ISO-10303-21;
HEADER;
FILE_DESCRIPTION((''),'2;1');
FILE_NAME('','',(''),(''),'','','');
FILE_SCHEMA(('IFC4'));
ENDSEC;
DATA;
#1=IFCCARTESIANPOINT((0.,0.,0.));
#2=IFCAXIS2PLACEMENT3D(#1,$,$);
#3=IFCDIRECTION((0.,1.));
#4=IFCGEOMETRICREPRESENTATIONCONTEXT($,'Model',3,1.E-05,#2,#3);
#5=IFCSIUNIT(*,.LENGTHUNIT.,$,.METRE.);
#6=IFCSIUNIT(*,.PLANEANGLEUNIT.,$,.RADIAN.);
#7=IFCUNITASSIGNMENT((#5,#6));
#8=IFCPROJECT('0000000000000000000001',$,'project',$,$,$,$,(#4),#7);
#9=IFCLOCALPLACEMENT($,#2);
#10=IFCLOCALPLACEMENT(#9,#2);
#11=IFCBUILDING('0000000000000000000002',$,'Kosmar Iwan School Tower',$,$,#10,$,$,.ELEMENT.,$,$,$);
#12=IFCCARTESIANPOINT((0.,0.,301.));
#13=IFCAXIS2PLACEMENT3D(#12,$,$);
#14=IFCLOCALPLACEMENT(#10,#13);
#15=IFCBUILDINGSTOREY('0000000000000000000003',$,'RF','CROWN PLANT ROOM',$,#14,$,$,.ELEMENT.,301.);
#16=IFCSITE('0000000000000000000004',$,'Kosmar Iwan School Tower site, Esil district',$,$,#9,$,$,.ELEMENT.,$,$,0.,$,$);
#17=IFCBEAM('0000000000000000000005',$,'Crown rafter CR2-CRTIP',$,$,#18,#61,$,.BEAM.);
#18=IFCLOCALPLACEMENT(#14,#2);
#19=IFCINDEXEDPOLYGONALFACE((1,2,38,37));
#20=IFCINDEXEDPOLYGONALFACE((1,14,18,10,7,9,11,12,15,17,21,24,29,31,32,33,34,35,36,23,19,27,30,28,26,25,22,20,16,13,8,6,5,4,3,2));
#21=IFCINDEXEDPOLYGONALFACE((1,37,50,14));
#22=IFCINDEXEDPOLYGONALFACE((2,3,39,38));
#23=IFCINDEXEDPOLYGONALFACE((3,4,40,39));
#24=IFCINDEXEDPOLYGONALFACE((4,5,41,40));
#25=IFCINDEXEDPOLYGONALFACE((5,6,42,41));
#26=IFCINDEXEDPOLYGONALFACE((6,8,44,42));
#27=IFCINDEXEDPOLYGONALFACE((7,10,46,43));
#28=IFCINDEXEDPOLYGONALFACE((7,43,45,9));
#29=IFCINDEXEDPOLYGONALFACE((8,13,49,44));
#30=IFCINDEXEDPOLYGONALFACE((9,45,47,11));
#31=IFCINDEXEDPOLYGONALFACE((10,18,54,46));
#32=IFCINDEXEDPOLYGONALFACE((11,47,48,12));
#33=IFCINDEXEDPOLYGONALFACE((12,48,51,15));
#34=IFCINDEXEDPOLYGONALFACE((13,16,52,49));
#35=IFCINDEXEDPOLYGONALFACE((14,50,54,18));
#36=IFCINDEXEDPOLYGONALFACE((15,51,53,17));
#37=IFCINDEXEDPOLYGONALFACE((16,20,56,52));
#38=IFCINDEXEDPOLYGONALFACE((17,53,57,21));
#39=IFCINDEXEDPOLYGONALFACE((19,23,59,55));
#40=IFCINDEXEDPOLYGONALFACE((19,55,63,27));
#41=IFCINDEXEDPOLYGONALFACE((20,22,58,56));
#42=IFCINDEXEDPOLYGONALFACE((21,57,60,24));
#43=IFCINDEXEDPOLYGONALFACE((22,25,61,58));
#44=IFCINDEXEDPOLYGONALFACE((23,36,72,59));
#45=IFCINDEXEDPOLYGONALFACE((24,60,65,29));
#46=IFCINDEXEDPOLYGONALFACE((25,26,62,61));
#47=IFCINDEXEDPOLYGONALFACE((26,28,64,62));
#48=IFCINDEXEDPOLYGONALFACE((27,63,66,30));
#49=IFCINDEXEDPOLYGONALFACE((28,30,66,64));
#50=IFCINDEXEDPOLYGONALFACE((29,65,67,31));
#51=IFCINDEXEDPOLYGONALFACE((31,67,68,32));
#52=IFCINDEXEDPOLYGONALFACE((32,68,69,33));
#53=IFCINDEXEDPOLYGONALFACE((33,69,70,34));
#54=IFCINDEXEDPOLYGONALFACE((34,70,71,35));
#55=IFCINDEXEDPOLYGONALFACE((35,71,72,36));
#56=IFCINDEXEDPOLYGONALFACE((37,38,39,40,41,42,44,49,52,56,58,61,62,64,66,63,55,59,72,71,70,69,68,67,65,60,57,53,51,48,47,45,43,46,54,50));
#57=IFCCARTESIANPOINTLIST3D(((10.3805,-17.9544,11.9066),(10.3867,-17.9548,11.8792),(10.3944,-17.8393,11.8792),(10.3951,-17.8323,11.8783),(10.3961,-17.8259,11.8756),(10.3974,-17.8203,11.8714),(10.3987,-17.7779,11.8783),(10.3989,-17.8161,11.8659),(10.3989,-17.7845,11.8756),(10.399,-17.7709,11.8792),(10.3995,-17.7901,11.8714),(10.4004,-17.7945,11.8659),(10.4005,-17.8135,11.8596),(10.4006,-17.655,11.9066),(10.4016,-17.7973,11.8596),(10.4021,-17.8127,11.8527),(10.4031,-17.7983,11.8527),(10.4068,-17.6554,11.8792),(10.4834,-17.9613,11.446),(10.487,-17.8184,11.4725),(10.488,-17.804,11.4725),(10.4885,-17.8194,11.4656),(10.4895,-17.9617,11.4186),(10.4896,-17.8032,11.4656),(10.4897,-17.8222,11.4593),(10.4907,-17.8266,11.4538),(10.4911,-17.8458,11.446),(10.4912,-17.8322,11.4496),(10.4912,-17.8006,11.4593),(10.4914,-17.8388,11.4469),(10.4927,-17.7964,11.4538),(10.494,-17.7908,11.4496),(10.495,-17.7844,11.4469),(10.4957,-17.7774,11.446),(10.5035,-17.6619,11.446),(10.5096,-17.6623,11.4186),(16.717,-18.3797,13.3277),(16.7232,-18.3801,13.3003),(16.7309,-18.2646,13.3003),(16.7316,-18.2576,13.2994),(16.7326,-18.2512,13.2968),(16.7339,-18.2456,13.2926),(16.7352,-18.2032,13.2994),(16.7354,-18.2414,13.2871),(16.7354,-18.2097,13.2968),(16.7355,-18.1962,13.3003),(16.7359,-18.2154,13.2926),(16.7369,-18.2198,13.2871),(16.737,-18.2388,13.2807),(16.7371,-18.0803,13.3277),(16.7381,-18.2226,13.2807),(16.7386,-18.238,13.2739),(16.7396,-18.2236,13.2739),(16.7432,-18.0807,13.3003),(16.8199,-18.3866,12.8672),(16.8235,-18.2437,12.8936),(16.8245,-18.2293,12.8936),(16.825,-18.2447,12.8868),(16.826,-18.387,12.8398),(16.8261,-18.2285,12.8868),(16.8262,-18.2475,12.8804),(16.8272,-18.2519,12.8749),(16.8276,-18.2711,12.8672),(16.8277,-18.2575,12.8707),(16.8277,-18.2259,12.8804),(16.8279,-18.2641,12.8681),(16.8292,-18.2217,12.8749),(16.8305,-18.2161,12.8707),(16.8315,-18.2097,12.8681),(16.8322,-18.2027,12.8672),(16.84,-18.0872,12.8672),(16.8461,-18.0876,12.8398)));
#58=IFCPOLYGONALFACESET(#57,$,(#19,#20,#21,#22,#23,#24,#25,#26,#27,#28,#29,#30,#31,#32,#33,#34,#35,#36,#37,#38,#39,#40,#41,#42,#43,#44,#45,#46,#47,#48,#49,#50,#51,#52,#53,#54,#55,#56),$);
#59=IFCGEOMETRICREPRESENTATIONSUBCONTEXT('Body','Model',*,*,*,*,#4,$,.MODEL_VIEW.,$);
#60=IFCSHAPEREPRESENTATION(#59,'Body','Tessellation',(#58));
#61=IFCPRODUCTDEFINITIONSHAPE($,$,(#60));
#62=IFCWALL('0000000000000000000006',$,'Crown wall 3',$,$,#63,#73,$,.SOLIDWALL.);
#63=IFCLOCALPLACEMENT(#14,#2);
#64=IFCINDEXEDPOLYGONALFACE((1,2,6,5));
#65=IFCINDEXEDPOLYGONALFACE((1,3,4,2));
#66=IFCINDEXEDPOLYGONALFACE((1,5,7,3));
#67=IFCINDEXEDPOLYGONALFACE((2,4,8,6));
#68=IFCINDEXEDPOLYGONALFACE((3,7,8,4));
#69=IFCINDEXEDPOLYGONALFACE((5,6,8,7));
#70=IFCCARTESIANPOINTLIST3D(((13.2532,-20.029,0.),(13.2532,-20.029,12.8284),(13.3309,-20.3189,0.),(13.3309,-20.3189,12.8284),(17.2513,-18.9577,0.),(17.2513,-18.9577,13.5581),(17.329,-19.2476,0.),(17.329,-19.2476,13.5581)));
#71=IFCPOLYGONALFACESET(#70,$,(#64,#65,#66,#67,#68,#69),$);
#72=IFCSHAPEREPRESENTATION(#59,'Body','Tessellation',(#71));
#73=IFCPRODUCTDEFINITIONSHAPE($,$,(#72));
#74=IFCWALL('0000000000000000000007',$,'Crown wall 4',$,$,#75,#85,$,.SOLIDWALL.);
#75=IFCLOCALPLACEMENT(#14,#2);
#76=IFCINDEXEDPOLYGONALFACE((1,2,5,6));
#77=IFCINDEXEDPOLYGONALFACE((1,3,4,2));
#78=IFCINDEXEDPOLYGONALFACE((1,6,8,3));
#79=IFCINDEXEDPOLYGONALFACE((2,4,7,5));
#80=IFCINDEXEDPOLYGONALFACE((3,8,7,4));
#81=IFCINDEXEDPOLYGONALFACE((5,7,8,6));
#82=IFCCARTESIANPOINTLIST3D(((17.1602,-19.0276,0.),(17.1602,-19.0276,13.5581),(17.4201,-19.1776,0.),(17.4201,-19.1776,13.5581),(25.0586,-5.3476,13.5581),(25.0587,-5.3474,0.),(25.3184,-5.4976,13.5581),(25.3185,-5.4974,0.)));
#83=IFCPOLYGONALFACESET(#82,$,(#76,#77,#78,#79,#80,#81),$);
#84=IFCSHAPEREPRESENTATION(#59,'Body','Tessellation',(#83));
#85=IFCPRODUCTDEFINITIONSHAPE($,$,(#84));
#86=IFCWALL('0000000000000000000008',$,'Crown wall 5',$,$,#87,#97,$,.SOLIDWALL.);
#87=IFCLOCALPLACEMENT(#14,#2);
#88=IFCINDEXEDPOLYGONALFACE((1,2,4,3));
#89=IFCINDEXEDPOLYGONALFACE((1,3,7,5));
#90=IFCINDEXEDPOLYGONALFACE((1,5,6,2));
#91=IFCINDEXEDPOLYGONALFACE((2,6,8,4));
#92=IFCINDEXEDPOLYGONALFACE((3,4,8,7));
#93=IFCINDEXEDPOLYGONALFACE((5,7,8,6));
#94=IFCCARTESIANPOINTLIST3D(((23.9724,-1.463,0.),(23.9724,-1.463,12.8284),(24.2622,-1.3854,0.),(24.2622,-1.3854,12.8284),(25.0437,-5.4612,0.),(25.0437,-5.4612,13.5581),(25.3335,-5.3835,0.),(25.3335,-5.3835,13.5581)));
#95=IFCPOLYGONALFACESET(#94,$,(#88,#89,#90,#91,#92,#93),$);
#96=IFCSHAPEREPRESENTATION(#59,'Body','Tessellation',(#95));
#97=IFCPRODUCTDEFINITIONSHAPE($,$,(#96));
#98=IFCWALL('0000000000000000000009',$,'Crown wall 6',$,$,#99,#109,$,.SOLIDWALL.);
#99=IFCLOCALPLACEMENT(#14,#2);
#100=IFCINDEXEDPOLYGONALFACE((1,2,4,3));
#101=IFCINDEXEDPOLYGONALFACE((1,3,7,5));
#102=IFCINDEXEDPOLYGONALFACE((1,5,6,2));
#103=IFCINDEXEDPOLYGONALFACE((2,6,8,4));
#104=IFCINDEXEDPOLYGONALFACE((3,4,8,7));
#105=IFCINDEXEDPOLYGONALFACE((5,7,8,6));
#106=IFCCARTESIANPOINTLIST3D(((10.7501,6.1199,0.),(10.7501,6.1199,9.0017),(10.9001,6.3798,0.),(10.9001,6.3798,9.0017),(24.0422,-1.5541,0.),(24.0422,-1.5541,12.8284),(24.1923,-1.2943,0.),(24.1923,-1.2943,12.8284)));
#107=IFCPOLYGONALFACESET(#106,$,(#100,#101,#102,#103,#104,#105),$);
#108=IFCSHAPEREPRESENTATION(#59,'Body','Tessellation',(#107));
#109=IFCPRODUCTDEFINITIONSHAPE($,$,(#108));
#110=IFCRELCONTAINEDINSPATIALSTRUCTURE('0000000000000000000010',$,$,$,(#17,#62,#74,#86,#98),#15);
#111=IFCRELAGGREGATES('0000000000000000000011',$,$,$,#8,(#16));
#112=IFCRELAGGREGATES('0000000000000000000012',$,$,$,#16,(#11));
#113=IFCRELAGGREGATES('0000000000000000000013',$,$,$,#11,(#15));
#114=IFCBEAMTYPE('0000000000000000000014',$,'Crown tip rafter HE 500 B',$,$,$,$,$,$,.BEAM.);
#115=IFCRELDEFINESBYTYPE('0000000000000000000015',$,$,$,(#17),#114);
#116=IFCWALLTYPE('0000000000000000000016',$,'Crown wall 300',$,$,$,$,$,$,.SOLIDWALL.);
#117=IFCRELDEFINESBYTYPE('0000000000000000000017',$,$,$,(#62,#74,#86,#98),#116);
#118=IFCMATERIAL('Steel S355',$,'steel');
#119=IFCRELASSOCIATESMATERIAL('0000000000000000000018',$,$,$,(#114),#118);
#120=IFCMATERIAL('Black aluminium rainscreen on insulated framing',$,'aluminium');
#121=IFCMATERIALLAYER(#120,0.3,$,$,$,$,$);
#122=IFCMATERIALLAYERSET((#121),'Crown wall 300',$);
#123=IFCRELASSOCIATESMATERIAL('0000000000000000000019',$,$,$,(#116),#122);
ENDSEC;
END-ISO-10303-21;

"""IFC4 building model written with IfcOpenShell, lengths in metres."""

from ifc_helpers import new_model, si_unit, direction, frame, origin, origin_2d, place, context, subcontext, project, spatial, polyline, i_section, outline, extrude, material, layer, layer_set, material_profile, profile_set, type_object, element, save


model = new_model("IFC4")

# Units and contexts
model_context = context("Model", 3, precision=1e-05, world=origin(), true_north=direction((0.0, 1.0)))
body_context = subcontext(model_context, "Body", "Model", "MODEL_VIEW")
ifc_project = project(units=[si_unit("LENGTHUNIT", "METRE"), si_unit("PLANEANGLEUNIT", "RADIAN")], contexts=[model_context])

# Site, building, storey
site_placement = place(None, origin())
site = spatial("IfcSite", under=ifc_project, at=site_placement, Name="Kosmar Iwan School Tower site, Esil district", CompositionType="ELEMENT", RefElevation=0.0)
building_placement = place(site_placement, origin())
building = spatial("IfcBuilding", under=site, at=building_placement, Name="Kosmar Iwan School Tower", CompositionType="ELEMENT")
storey_placement = place(building_placement, frame((0.0, 0.0, 301.0)))
storey = spatial("IfcBuildingStorey", under=building, at=storey_placement, Name="RF", Description="CROWN PLANT ROOM", CompositionType="ELEMENT", Elevation=301.0)

# Beam
ifc_material_1 = material(Name="Steel S355", Category="steel")
ifc_material_profile_1 = material_profile(ifc_material_1, i_section(OverallWidth=0.3, OverallDepth=0.5, WebThickness=0.0144, FlangeThickness=0.0281, FilletRadius=0.0271, at=origin_2d()), Name="HE 500 B")
ifc_profile_set_1 = profile_set([ifc_material_profile_1], Name="Steel S355")
beam_type_1 = type_object("IfcBeamType", Name="Crown tip rafter HE 500 B", PredefinedType="BEAM", material=ifc_profile_set_1)
beam_1_placement = place(storey_placement, frame((10.4451, -17.8083, 11.6626), z_axis=(0.973674, -0.065352, 0.218377), x_axis=(0.066968, 0.997755, 0.0)))
element("IfcBeam", 1, at=beam_1_placement, inside=storey, type_object=beam_type_1, Name="Crown rafter CR2-CRTIP", PredefinedType="BEAM", context=body_context, shape_type="SweptSolid", body=[
    extrude(i_section(OverallWidth=0.3, OverallDepth=0.5, WebThickness=0.0144, FlangeThickness=0.0281, FilletRadius=0.0271, at=origin_2d()), origin(), (0.0, 0.0, 1.0), 6.5078),
])

# Walls
ifc_material_2 = material(Name="Black aluminium rainscreen on insulated framing", Category="aluminium")
ifc_layer = layer(ifc_material_2, 0.3)
ifc_layer_set = layer_set([ifc_layer], Name="Crown wall 300")
wall_type = type_object("IfcWallType", Name="Crown wall 300", PredefinedType="SOLIDWALL", material=ifc_layer_set)
wall_1_placement = place(storey_placement, frame((13.292, -20.1738, 0.0), z_axis=(0.0, 0.0, 1.0), x_axis=(0.965925, 0.258823, 0.0)))
element("IfcWall", 2, at=wall_1_placement, inside=storey, type_object=wall_type, Name="Crown wall 3", PredefinedType="SOLIDWALL", context=body_context, shape_type="SweptSolid", body=[
    extrude(outline(polyline([(0.0, 0.0), (4.1392, 0.0), (4.1392, 13.5581), (0.0, 12.8284), (0.0, 0.0)])), frame((0.0, 0.1499, 0.0), z_axis=(0.0, -1.0, 0.0), x_axis=(1.0, 0.0, 0.0)), (0.0, 0.0, 1.0), 0.3),
])
wall_2_placement = place(storey_placement, frame((17.29, -19.1025, 0.0), z_axis=(0.0, 0.0, 1.0), x_axis=(0.500009, 0.86602, 0.0)))
element("IfcWall", 3, at=wall_2_placement, inside=storey, type_object=wall_type, Name="Crown wall 4", PredefinedType="SOLIDWALL", context=body_context, shape_type="SweptSolid", body=[
    extrude(outline(polyline([(0.0, 0.0), (15.7966, 0.0), (15.7964, 13.5581), (0.0, 13.5581), (0.0, 0.0)])), frame((0.0, 0.1499, 0.0), z_axis=(0.0, -1.0, 0.0), x_axis=(1.0, 0.0, 0.0)), (0.0, 0.0, 1.0), 0.3),
])
wall_3_placement = place(storey_placement, frame((25.1885, -5.4224, 0.0), z_axis=(0.0, 0.0, 1.0), x_axis=(-0.258823, 0.965925, 0.0)))
element("IfcWall", 4, at=wall_3_placement, inside=storey, type_object=wall_type, Name="Crown wall 5", PredefinedType="SOLIDWALL", context=body_context, shape_type="SweptSolid", body=[
    extrude(outline(polyline([(0.0, 0.0), (4.1392, 0.0), (4.1392, 12.8284), (0.0, 13.5581), (0.0, 0.0)])), frame((0.0, 0.1499, 0.0), z_axis=(0.0, -1.0, 0.0), x_axis=(1.0, 0.0, 0.0)), (0.0, 0.0, 1.0), 0.3),
])
wall_4_placement = place(storey_placement, frame((24.1172, -1.4243, 0.0), z_axis=(0.0, 0.0, 1.0), x_axis=(-0.866031, 0.49999, 0.0)))
element("IfcWall", 5, at=wall_4_placement, inside=storey, type_object=wall_type, Name="Crown wall 6", PredefinedType="SOLIDWALL", context=body_context, shape_type="SweptSolid", body=[
    extrude(outline(polyline([(0.0, 0.0), (15.3484, 0.0), (15.3484, 9.0017), (0.0, 12.8284), (0.0, 0.0)])), frame((0.0, 0.1499, 0.0), z_axis=(0.0, -1.0, 0.0), x_axis=(1.0, 0.0, 0.0)), (0.0, 0.0, 1.0), 0.3),
])

save(model, "model.ifc")
